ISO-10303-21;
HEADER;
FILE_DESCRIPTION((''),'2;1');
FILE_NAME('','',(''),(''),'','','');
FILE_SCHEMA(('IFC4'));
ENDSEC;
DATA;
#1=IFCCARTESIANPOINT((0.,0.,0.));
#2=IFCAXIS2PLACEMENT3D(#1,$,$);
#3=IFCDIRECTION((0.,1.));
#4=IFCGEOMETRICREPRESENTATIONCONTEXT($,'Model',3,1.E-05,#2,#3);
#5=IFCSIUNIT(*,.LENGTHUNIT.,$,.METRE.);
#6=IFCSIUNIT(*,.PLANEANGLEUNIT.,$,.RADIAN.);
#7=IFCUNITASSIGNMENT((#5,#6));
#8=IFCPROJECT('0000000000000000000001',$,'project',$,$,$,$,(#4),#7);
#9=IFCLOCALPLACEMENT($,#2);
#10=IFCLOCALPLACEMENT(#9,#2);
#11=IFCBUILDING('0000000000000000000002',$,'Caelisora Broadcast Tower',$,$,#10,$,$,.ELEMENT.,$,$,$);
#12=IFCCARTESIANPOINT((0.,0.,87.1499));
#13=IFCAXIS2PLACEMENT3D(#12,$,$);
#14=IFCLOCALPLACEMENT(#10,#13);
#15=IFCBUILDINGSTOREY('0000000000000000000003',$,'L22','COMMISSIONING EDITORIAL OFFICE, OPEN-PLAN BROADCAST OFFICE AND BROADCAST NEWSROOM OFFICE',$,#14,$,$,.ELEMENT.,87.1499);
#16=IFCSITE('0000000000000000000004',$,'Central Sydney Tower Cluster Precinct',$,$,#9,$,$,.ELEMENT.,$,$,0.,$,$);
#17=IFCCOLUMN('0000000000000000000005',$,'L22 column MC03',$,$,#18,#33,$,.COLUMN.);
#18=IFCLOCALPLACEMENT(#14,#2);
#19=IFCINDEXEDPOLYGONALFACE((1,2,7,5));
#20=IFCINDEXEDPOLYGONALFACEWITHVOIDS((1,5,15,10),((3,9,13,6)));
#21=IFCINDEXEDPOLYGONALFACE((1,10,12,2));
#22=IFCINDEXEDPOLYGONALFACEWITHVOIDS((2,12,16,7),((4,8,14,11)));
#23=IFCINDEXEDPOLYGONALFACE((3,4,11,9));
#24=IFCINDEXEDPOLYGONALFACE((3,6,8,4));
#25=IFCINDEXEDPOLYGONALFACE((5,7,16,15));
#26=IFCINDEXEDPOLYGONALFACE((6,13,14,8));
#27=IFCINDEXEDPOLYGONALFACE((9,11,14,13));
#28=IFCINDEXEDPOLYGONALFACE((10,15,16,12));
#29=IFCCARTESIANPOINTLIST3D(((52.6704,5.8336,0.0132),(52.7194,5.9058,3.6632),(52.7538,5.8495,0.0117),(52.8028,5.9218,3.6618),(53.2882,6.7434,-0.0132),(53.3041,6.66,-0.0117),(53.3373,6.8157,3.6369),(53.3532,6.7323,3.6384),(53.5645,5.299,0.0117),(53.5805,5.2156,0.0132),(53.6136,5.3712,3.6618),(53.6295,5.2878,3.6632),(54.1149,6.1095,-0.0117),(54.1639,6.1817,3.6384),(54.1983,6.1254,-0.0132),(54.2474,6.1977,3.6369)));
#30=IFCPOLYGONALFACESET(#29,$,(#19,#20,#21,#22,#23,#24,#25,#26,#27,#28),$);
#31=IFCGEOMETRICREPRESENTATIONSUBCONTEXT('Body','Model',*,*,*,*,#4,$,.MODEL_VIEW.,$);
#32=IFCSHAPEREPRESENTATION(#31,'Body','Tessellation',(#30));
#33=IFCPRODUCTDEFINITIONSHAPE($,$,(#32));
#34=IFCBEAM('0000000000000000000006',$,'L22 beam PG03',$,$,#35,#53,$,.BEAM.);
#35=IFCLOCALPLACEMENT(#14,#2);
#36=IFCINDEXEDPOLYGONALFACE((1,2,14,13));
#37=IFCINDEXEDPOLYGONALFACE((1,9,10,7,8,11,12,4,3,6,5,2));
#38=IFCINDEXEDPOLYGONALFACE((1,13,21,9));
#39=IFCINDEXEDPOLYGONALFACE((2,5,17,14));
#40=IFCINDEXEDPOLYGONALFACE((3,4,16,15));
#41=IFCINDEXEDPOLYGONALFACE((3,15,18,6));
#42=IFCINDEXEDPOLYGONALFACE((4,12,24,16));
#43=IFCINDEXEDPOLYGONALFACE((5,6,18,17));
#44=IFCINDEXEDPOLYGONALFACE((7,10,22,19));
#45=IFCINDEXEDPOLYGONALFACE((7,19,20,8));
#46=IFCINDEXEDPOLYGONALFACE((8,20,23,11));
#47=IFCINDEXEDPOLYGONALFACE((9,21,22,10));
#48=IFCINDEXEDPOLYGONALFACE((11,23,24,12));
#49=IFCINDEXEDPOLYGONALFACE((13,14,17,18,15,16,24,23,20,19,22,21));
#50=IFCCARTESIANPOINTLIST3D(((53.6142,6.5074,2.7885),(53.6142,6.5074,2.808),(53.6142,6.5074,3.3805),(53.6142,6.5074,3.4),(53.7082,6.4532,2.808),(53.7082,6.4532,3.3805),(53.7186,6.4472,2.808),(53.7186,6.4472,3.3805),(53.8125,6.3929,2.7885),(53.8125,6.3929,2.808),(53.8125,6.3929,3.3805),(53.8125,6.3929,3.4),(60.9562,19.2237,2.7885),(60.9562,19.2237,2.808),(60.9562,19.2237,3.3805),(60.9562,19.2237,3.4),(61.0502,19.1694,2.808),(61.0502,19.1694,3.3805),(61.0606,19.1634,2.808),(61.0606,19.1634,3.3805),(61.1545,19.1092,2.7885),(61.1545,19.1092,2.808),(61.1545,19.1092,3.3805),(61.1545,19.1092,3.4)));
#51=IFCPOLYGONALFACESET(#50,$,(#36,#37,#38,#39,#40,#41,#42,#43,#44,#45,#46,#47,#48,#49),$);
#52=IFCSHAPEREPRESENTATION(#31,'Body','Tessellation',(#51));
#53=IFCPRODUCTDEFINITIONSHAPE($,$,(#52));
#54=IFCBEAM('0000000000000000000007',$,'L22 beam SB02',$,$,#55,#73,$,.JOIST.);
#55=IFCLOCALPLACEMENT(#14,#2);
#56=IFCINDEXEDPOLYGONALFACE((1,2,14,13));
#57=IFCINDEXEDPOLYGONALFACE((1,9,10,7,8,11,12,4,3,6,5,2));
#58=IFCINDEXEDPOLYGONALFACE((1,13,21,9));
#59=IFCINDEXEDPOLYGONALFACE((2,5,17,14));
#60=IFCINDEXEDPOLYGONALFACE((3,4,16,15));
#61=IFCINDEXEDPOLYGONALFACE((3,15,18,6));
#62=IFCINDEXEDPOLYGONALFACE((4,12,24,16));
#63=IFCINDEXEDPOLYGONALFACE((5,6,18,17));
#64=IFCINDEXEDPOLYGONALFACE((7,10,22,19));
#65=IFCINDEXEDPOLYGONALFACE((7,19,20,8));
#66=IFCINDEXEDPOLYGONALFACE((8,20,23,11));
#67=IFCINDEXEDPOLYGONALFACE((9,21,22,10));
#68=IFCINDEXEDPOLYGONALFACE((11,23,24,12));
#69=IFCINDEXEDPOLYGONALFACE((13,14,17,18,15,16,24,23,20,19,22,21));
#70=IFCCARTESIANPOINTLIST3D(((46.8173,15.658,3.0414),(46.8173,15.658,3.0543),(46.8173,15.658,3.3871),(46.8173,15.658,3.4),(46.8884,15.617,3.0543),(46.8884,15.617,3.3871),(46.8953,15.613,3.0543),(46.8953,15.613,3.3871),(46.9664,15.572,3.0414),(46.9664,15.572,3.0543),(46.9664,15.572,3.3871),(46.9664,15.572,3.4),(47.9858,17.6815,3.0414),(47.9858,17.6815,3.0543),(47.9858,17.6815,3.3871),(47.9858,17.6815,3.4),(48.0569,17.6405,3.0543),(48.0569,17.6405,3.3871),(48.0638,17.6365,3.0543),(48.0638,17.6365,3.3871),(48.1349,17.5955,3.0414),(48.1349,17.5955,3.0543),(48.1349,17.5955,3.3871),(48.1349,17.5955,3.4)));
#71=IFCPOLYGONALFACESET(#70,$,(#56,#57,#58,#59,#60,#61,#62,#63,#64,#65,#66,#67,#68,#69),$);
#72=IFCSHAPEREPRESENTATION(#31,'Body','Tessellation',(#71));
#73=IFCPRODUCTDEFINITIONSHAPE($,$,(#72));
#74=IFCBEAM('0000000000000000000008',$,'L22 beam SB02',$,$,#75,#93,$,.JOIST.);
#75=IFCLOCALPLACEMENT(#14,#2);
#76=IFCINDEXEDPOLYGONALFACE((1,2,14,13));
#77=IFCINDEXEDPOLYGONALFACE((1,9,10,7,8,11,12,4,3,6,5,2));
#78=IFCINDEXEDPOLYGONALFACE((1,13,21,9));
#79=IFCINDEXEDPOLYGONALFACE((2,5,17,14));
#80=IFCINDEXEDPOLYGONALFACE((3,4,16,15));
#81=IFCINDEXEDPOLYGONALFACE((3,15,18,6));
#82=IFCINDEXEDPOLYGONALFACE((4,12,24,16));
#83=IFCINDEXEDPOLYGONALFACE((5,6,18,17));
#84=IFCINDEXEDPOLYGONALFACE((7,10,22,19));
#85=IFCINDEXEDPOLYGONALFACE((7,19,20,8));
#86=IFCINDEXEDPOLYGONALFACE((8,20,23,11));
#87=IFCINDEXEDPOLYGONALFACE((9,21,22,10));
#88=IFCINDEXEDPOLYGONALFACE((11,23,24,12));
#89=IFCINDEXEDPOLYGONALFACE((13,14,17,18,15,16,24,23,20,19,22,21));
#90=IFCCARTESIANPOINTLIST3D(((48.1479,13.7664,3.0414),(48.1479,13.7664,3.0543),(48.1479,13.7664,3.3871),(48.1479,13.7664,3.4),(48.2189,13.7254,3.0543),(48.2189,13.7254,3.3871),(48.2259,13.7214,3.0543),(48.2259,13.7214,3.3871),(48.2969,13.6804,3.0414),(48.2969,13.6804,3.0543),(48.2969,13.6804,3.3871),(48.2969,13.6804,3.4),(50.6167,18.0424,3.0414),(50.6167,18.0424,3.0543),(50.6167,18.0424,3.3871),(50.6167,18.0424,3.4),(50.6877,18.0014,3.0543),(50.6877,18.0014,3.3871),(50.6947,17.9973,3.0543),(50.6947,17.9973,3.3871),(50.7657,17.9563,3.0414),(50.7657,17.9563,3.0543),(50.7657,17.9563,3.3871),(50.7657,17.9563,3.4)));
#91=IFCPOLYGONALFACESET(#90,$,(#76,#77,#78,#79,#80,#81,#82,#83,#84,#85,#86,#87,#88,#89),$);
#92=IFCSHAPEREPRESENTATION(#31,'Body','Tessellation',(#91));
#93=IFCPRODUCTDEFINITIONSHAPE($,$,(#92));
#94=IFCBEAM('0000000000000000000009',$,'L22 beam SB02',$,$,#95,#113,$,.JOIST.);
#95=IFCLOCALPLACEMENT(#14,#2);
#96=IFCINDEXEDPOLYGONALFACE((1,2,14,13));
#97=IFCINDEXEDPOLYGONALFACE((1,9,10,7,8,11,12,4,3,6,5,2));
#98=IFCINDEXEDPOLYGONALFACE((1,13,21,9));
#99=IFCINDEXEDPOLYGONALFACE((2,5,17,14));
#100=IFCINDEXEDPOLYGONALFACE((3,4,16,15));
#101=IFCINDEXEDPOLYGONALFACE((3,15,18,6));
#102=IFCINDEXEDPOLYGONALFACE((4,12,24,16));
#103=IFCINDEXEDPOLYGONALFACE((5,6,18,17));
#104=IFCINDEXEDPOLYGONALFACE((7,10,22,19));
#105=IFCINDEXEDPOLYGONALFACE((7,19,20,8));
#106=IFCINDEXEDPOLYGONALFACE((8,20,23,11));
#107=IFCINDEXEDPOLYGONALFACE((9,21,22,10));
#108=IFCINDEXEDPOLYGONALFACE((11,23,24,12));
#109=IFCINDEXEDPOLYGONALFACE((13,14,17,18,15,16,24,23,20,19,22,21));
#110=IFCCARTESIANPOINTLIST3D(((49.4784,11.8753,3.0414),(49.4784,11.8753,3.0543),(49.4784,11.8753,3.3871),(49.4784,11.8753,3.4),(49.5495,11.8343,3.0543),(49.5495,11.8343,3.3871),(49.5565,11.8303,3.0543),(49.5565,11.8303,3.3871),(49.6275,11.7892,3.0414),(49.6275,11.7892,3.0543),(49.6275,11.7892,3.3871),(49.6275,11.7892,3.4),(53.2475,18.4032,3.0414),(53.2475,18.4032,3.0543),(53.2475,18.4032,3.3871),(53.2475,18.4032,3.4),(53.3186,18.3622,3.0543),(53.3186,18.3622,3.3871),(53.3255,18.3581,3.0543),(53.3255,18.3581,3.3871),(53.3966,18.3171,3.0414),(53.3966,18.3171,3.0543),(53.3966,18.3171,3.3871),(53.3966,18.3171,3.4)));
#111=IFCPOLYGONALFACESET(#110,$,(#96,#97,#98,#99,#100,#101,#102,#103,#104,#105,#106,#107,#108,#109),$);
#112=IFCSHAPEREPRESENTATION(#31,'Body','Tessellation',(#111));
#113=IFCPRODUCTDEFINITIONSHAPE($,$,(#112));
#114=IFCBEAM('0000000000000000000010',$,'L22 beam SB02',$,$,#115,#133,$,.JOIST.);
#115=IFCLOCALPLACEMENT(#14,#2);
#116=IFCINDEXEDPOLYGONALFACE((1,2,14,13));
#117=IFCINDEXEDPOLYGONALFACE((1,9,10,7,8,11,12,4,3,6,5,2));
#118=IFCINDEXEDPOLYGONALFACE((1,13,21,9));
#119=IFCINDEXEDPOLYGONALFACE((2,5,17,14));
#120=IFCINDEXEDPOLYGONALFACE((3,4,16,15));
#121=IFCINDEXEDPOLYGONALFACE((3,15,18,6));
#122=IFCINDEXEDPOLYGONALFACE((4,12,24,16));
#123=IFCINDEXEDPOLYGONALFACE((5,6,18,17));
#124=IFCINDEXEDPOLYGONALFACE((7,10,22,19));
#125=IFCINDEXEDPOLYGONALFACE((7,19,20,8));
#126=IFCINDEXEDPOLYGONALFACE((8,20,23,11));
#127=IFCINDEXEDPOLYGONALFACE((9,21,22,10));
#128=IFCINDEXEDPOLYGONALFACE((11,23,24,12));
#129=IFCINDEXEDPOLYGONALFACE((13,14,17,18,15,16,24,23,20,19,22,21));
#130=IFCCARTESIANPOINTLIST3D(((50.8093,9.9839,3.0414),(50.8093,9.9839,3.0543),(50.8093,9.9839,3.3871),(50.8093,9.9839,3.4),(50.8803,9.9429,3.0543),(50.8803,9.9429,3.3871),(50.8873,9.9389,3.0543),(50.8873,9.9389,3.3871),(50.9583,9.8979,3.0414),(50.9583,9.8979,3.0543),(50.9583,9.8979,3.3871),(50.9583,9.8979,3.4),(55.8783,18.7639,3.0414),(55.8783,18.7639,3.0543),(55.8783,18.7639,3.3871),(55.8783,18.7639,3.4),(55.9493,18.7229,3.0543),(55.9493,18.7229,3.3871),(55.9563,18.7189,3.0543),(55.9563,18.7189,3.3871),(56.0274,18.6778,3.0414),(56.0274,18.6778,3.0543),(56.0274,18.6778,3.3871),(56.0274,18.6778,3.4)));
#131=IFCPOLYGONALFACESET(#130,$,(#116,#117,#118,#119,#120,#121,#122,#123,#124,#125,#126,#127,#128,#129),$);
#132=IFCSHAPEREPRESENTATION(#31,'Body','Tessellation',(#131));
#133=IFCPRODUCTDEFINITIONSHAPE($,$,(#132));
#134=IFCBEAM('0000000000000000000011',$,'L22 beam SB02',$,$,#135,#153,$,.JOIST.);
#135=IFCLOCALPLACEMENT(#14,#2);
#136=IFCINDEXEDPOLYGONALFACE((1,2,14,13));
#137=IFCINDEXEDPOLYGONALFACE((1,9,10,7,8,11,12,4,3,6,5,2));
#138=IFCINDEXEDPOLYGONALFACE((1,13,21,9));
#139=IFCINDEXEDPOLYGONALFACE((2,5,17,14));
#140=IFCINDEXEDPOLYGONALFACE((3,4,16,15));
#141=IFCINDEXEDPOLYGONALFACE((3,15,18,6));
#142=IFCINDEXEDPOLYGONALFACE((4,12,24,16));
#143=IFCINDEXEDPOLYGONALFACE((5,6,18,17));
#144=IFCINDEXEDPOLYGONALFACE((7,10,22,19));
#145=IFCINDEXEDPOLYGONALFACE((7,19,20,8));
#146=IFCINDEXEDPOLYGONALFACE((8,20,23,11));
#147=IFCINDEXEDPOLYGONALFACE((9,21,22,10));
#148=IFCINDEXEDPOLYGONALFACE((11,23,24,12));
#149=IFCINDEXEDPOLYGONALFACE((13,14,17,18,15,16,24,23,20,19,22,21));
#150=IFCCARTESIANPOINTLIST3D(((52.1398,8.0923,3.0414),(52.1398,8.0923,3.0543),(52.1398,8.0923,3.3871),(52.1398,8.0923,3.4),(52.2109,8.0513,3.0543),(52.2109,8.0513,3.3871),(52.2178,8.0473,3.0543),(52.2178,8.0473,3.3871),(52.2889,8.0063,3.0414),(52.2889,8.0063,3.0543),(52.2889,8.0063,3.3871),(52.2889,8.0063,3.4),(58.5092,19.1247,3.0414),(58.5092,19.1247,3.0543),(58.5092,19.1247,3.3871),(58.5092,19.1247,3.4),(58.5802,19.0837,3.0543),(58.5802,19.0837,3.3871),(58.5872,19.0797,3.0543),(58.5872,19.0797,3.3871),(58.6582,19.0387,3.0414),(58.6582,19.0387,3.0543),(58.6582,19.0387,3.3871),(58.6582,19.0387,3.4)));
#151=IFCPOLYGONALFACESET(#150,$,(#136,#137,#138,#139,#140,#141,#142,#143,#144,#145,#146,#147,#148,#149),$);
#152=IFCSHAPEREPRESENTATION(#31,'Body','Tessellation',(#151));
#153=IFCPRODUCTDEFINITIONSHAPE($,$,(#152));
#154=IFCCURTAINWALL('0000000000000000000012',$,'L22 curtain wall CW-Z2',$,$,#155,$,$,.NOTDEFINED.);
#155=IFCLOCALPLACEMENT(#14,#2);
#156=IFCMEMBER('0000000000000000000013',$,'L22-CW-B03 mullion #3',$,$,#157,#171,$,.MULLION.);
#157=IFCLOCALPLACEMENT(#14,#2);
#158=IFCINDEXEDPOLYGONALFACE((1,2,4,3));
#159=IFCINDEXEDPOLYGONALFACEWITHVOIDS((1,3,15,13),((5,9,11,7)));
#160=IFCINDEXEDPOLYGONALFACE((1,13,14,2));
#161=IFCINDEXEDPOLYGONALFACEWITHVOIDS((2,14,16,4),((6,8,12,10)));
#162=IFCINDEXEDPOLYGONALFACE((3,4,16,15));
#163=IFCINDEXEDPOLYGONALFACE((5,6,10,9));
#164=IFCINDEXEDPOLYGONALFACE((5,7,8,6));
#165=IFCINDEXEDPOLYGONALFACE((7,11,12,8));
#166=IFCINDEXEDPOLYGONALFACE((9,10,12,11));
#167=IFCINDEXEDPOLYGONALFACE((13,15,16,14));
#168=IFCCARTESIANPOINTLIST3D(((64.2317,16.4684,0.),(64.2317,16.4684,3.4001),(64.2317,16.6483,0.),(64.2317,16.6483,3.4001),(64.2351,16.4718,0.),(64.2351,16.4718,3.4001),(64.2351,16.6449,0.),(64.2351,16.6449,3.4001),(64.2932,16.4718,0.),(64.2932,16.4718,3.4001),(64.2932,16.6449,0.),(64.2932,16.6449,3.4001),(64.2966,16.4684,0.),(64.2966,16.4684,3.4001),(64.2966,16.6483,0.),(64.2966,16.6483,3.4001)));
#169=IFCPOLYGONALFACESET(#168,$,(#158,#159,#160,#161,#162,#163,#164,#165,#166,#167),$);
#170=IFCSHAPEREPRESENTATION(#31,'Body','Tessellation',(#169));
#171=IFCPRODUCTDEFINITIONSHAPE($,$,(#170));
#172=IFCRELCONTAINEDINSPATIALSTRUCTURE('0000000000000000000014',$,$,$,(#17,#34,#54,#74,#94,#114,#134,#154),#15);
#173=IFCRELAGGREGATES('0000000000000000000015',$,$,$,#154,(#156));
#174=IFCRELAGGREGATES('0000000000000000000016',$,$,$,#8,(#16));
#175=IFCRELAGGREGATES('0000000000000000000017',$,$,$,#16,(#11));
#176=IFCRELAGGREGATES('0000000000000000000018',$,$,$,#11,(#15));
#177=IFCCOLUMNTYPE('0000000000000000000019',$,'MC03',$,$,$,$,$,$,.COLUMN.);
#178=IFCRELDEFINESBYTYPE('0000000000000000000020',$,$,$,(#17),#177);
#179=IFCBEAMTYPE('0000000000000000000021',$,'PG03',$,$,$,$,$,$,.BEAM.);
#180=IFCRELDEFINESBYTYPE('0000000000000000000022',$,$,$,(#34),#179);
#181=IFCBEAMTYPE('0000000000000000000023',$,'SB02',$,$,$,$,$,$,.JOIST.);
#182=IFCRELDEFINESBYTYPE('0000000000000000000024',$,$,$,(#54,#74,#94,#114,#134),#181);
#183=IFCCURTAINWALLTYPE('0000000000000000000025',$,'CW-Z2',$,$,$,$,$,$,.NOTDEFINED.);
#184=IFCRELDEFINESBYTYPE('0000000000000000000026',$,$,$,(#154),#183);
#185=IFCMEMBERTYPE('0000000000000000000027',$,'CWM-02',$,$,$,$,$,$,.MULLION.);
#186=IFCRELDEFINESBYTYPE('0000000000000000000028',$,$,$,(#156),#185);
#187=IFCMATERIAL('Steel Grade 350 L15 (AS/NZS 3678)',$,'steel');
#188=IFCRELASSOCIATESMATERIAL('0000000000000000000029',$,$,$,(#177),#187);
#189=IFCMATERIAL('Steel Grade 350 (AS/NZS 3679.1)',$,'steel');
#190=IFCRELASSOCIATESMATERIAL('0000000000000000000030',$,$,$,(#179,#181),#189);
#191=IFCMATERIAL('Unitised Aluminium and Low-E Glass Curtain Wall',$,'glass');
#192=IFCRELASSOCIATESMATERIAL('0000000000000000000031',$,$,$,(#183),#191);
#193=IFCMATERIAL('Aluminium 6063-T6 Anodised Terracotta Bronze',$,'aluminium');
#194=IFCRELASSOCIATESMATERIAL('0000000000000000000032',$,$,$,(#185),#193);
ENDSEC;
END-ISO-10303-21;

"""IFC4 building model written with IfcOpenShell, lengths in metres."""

from ifc_helpers import new_model, si_unit, direction, frame, origin, origin_2d, place, context, subcontext, project, spatial, hollow_rectangle, i_section, extrude, source, transform, mapped, material, material_profile, profile_set, type_object, type_shapes, element, aggregate, save


model = new_model("IFC4")

# Units and contexts
model_context = context("Model", 3, precision=1e-05, world=origin(), true_north=direction((0.0, 1.0)))
body_context = subcontext(model_context, "Body", "Model", "MODEL_VIEW")
ifc_project = project(units=[si_unit("LENGTHUNIT", "METRE"), si_unit("PLANEANGLEUNIT", "RADIAN")], contexts=[model_context])

# Site, building, storey
site_placement = place(None, origin())
site = spatial("IfcSite", under=ifc_project, at=site_placement, Name="Central Sydney Tower Cluster Precinct", CompositionType="ELEMENT", RefElevation=0.0)
building_placement = place(site_placement, origin())
building = spatial("IfcBuilding", under=site, at=building_placement, Name="Caelisora Broadcast Tower", CompositionType="ELEMENT")
storey_placement = place(building_placement, frame((0.0, 0.0, 87.1499)))
storey = spatial("IfcBuildingStorey", under=building, at=storey_placement, Name="L22", Description="COMMISSIONING EDITORIAL OFFICE, OPEN-PLAN BROADCAST OFFICE AND BROADCAST NEWSROOM OFFICE", CompositionType="ELEMENT", Elevation=87.1499)

# Column
ifc_material_1 = material(Name="Steel Grade 350 L15 (AS/NZS 3678)", Category="steel")
ifc_material_profile_1 = material_profile(ifc_material_1, hollow_rectangle(XDim=1.1001, YDim=1.1001, WallThickness=0.0601, at=origin_2d()), Name="Steel Grade 350 L15 (AS/NZS 3678)")
ifc_profile_set_1 = profile_set([ifc_material_profile_1], Name="Steel Grade 350 L15 (AS/NZS 3678)")
column_type = type_object("IfcColumnType", Name="MC03", PredefinedType="COLUMN", material=ifc_profile_set_1)
shared_shape_1 = source(origin(), body_context, "Body", "SweptSolid", [
    extrude(hollow_rectangle(XDim=1.1001, YDim=1.1001, WallThickness=0.0601, at=origin_2d()), origin(), (0.0, 0.0, 1.0), 3.6511),
])
type_shapes(column_type, [shared_shape_1])
column_placement = place(storey_placement, frame((53.4343, 5.9795, 0.0), z_axis=(0.01344, 0.019792, 0.999714), x_axis=(-0.82729, 0.561775, 0.0)))
element("IfcColumn", 1, at=column_placement, inside=storey, type_object=column_type, Name="L22 column MC03", PredefinedType="COLUMN", context=body_context, shape_type="MappedRepresentation", body=[
    mapped(shared_shape_1, transform((0.0, 0.0, 0.0), scale=1.0)),
])

# Beams
ifc_material_2 = material(Name="Steel Grade 350 (AS/NZS 3679.1)", Category="steel")
ifc_material_profile_2 = material_profile(ifc_material_2, i_section(OverallWidth=0.229, OverallDepth=0.6116, WebThickness=0.012, FlangeThickness=0.0195, at=origin_2d()), Name="Steel Grade 350 (AS/NZS 3679.1)")
ifc_profile_set_2 = profile_set([ifc_material_profile_2], Name="Steel Grade 350 (AS/NZS 3679.1)")
beam_type_1 = type_object("IfcBeamType", Name="PG03", PredefinedType="BEAM", material=ifc_profile_set_2)
shared_shape_2 = source(origin(), body_context, "Body", "SweptSolid", [
    extrude(i_section(OverallWidth=0.229, OverallDepth=0.6116, WebThickness=0.012, FlangeThickness=0.0195, at=origin_2d()), origin(), (0.0, 0.0, 1.0), 14.6836),
])
type_shapes(beam_type_1, [shared_shape_2])
beam_1_placement = place(storey_placement, frame((53.7134, 6.4502, 3.0942), z_axis=(0.500014, 0.866017, 0.0), x_axis=(-0.866017, 0.500014, 0.0)))
element("IfcBeam", 2, at=beam_1_placement, inside=storey, type_object=beam_type_1, Name="L22 beam PG03", PredefinedType="BEAM", context=body_context, shape_type="MappedRepresentation", body=[
    mapped(shared_shape_2, transform((0.0, 0.0, 0.0), scale=1.0)),
])
ifc_material_profile_3 = material_profile(ifc_material_2, i_section(OverallWidth=0.1721, OverallDepth=0.3586, WebThickness=0.0081, FlangeThickness=0.0129, at=origin_2d()), Name="Steel Grade 350 (AS/NZS 3679.1)")
ifc_profile_set_3 = profile_set([ifc_material_profile_3], Name="Steel Grade 350 (AS/NZS 3679.1)")
beam_type_2 = type_object("IfcBeamType", Name="SB02", PredefinedType="JOIST", material=ifc_profile_set_3)
shared_shape_3 = source(origin(), body_context, "Body", "SweptSolid", [
    extrude(i_section(OverallWidth=0.1721, OverallDepth=0.3586, WebThickness=0.0081, FlangeThickness=0.0129, at=origin_2d()), origin(), (0.0, 0.0, 1.0), 2.3367),
])
beam_2_placement = place(storey_placement, frame((46.8918, 15.615, 3.2207), z_axis=(0.500072, 0.865984, 0.0), x_axis=(-0.865984, 0.500072, 0.0)))
element("IfcBeam", 3, at=beam_2_placement, inside=storey, type_object=beam_type_2, Name="L22 beam SB02", PredefinedType="JOIST", context=body_context, shape_type="MappedRepresentation", body=[
    mapped(shared_shape_3, transform((0.0, 0.0, 0.0), scale=1.0)),
])
shared_shape_4 = source(origin(), body_context, "Body", "SweptSolid", [
    extrude(i_section(OverallWidth=0.1721, OverallDepth=0.3586, WebThickness=0.0081, FlangeThickness=0.0129, at=origin_2d()), origin(), (0.0, 0.0, 1.0), 4.9375),
])
beam_3_placement = place(storey_placement, frame((48.2224, 13.7234, 3.2207), z_axis=(0.500011, 0.866019, 0.0), x_axis=(-0.866019, 0.500011, 0.0)))
element("IfcBeam", 4, at=beam_3_placement, inside=storey, type_object=beam_type_2, Name="L22 beam SB02", PredefinedType="JOIST", context=body_context, shape_type="MappedRepresentation", body=[
    mapped(shared_shape_4, transform((0.0, 0.0, 0.0), scale=1.0)),
])
shared_shape_5 = source(origin(), body_context, "Body", "SweptSolid", [
    extrude(i_section(OverallWidth=0.1721, OverallDepth=0.3586, WebThickness=0.0081, FlangeThickness=0.0129, at=origin_2d()), origin(), (0.0, 0.0, 1.0), 7.5378),
])
beam_4_placement = place(storey_placement, frame((49.553, 11.8323, 3.2207), z_axis=(0.50002, 0.866014, 0.0), x_axis=(-0.866014, 0.50002, 0.0)))
element("IfcBeam", 5, at=beam_4_placement, inside=storey, type_object=beam_type_2, Name="L22 beam SB02", PredefinedType="JOIST", context=body_context, shape_type="MappedRepresentation", body=[
    mapped(shared_shape_5, transform((0.0, 0.0, 0.0), scale=1.0)),
])
shared_shape_6 = source(origin(), body_context, "Body", "SweptSolid", [
    extrude(i_section(OverallWidth=0.1721, OverallDepth=0.3586, WebThickness=0.0081, FlangeThickness=0.0129, at=origin_2d()), origin(), (0.0, 0.0, 1.0), 10.1382),
])
beam_5_placement = place(storey_placement, frame((50.8838, 9.9409, 3.2207), z_axis=(0.499996, 0.866028, 0.0), x_axis=(-0.866028, 0.499996, 0.0)))
element("IfcBeam", 6, at=beam_5_placement, inside=storey, type_object=beam_type_2, Name="L22 beam SB02", PredefinedType="JOIST", context=body_context, shape_type="MappedRepresentation", body=[
    mapped(shared_shape_6, transform((0.0, 0.0, 0.0), scale=1.0)),
])
shared_shape_7 = source(origin(), body_context, "Body", "SweptSolid", [
    extrude(i_section(OverallWidth=0.1721, OverallDepth=0.3586, WebThickness=0.0081, FlangeThickness=0.0129, at=origin_2d()), origin(), (0.0, 0.0, 1.0), 12.739),
])
type_shapes(beam_type_2, [shared_shape_3, shared_shape_4, shared_shape_5, shared_shape_6, shared_shape_7])
beam_6_placement = place(storey_placement, frame((52.2144, 8.0493, 3.2207), z_axis=(0.499987, 0.866033, 0.0), x_axis=(-0.866033, 0.499987, 0.0)))
element("IfcBeam", 7, at=beam_6_placement, inside=storey, type_object=beam_type_2, Name="L22 beam SB02", PredefinedType="JOIST", context=body_context, shape_type="MappedRepresentation", body=[
    mapped(shared_shape_7, transform((0.0, 0.0, 0.0), scale=1.0)),
])

# Curtain wall, member
ifc_material_3 = material(Name="Unitised Aluminium and Low-E Glass Curtain Wall", Category="glass")
curtain_wall_type = type_object("IfcCurtainWallType", Name="CW-Z2", PredefinedType="NOTDEFINED", material=ifc_material_3)
curtain_wall_1_placement = place(storey_placement, origin())
curtain_wall_1 = element("IfcCurtainWall", 8, at=curtain_wall_1_placement, inside=storey, type_object=curtain_wall_type, Name="L22 curtain wall CW-Z2", PredefinedType="NOTDEFINED")
ifc_material_4 = material(Name="Aluminium 6063-T6 Anodised Terracotta Bronze", Category="aluminium")
ifc_material_profile_4 = material_profile(ifc_material_4, hollow_rectangle(XDim=0.0649, YDim=0.1799, WallThickness=0.0034, at=origin_2d()), Name="Aluminium 6063-T6 Anodised Terracotta Bronze")
ifc_profile_set_4 = profile_set([ifc_material_profile_4], Name="Aluminium 6063-T6 Anodised Terracotta Bronze")
member_type_1 = type_object("IfcMemberType", Name="CWM-02", PredefinedType="MULLION", material=ifc_profile_set_4)
shared_shape_8 = source(origin(), body_context, "Body", "SweptSolid", [
    extrude(hollow_rectangle(XDim=0.0649, YDim=0.1799, WallThickness=0.0034, at=origin_2d()), origin(), (0.0, 0.0, 1.0), 3.4001),
])
type_shapes(member_type_1, [shared_shape_8])
member_1_placement = place(storey_placement, frame((64.2642, 16.5583, 0.0), z_axis=(0.0, 0.0, 1.0), x_axis=(1.0, 0.0, 0.0)))
member_1 = element("IfcMember", 9, at=member_1_placement, type_object=member_type_1, Name="L22-CW-B03 mullion #3", PredefinedType="MULLION", context=body_context, shape_type="MappedRepresentation", body=[
    mapped(shared_shape_8, transform((0.0, 0.0, 0.0), scale=1.0)),
])
aggregate(curtain_wall_1, [member_1])

save(model, "model.ifc")
